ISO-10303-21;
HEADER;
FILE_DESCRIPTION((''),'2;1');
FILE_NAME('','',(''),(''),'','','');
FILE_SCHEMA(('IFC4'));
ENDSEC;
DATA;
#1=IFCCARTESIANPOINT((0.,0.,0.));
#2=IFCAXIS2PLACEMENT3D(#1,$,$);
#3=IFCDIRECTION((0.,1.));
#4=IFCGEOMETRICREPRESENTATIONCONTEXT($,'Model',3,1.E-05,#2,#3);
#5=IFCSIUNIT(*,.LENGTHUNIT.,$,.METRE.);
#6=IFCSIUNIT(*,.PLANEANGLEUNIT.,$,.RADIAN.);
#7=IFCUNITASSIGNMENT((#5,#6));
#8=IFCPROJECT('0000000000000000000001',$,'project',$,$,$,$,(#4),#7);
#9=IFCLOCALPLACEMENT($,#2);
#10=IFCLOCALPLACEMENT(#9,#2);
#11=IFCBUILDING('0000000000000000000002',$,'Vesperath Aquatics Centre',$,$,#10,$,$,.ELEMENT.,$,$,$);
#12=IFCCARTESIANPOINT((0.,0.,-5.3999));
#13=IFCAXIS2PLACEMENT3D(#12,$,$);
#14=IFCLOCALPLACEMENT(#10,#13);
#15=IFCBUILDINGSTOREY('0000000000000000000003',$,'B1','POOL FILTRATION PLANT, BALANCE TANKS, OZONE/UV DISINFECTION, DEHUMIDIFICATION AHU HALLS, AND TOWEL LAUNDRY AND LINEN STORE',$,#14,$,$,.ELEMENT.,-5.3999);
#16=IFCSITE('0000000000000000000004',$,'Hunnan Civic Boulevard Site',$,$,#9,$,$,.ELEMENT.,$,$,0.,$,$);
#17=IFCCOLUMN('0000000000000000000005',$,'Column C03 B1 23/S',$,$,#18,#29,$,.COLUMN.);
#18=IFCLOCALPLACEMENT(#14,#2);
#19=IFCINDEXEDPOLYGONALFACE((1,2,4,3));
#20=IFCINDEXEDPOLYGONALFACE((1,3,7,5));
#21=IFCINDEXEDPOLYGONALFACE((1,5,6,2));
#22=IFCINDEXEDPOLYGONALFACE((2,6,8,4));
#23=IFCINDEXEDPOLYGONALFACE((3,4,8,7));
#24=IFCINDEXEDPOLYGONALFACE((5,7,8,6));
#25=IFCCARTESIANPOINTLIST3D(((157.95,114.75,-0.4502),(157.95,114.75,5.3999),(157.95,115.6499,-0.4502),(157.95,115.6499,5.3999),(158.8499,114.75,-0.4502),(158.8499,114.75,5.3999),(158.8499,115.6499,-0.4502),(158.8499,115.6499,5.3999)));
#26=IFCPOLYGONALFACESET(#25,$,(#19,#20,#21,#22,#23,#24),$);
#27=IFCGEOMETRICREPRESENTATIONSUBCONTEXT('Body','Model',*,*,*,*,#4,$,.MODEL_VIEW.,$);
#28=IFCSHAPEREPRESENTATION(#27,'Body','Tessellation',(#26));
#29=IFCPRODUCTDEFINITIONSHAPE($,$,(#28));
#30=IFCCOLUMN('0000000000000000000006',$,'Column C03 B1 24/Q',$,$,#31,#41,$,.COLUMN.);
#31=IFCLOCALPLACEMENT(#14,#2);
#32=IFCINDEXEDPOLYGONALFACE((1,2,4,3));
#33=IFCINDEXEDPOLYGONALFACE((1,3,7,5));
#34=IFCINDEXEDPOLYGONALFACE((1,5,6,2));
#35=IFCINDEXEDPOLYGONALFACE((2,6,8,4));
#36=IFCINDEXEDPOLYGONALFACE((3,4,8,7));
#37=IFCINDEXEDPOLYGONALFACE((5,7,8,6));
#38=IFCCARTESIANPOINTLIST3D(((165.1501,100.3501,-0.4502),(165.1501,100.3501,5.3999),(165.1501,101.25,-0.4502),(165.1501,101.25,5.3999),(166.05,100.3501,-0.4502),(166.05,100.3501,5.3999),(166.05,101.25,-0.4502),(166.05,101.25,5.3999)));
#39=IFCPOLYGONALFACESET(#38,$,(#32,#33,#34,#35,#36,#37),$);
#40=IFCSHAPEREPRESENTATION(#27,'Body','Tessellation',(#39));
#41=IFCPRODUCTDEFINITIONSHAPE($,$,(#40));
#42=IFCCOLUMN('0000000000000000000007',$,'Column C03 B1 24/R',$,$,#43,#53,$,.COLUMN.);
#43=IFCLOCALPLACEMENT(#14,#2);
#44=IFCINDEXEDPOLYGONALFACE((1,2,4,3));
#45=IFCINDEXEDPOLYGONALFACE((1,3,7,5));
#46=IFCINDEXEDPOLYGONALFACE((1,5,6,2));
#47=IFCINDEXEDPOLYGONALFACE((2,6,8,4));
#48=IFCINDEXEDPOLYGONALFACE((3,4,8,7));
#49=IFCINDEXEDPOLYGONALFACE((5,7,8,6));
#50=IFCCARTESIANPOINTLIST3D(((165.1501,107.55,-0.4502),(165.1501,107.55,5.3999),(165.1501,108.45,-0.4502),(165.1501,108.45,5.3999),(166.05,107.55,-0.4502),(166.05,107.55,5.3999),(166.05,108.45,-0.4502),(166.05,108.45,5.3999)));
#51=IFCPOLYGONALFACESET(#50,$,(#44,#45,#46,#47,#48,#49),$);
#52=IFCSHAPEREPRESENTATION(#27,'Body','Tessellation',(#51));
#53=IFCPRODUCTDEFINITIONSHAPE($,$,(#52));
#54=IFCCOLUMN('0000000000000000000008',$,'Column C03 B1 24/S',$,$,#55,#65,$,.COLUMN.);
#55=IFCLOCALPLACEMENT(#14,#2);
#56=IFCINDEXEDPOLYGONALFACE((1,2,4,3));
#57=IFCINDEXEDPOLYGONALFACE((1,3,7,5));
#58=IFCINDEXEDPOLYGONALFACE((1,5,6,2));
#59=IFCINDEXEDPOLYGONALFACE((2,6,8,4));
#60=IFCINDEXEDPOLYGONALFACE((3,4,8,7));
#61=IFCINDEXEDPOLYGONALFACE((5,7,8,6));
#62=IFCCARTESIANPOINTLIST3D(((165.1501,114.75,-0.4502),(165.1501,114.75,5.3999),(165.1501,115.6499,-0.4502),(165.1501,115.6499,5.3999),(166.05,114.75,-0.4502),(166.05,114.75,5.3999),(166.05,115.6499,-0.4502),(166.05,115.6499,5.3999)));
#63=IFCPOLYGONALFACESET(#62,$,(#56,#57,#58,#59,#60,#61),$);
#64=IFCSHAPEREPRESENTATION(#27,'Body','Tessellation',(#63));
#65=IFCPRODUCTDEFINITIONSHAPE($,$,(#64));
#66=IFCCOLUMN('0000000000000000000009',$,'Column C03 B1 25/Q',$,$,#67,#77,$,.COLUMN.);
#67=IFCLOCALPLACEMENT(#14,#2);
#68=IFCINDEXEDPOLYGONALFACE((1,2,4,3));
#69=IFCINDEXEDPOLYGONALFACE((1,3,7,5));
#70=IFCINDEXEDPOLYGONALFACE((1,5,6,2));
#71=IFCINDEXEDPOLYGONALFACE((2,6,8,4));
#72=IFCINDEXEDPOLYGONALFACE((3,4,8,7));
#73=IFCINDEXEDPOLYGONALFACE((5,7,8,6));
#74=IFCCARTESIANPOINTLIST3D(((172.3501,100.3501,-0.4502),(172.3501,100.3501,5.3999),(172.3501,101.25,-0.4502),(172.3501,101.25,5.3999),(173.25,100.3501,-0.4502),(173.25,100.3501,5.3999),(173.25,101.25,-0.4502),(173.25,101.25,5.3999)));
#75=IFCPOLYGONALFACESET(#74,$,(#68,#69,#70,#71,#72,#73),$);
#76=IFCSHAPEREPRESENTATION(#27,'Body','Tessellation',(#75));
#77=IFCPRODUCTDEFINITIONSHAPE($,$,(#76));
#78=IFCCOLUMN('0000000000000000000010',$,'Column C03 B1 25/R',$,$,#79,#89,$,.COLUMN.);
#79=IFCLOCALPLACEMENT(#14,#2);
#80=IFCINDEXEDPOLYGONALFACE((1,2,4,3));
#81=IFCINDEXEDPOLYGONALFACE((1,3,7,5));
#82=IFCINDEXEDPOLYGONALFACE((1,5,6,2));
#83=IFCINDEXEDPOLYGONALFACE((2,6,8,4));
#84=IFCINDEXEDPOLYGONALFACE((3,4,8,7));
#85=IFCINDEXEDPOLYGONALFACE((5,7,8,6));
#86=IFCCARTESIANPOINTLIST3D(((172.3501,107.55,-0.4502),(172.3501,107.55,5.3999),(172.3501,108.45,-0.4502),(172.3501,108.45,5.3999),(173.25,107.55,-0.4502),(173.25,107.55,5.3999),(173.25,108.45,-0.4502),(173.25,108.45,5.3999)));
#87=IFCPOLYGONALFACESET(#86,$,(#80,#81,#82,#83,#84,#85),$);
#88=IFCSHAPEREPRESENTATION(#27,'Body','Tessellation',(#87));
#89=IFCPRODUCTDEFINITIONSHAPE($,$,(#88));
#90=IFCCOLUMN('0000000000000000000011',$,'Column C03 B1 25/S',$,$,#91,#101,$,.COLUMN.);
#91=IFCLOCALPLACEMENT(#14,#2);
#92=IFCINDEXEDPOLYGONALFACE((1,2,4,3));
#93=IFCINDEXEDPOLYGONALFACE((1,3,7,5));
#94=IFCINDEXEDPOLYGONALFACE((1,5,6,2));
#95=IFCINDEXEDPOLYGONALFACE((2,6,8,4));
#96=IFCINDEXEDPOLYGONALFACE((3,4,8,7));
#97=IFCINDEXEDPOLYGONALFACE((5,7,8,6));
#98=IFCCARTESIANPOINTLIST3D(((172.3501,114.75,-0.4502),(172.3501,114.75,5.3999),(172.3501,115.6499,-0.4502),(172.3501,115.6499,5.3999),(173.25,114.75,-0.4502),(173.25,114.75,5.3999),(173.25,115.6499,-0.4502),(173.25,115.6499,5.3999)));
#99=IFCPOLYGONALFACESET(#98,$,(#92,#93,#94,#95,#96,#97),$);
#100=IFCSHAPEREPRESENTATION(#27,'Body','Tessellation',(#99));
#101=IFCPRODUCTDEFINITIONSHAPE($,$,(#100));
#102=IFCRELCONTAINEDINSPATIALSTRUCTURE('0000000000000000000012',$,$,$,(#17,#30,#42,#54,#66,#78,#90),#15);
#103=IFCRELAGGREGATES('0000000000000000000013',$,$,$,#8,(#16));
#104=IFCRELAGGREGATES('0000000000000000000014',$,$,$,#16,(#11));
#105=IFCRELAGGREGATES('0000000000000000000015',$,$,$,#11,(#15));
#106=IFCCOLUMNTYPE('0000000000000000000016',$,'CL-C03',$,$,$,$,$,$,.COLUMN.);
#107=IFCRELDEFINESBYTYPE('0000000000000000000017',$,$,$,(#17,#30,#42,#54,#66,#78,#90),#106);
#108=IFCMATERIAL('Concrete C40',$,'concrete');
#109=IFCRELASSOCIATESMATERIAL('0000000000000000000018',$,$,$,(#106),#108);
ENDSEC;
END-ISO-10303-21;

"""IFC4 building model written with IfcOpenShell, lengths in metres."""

from ifc_helpers import new_model, si_unit, direction, frame, origin, origin_2d, place, context, subcontext, project, spatial, rectangle, extrude, material, material_profile, profile_set, type_object, element, save


model = new_model("IFC4")

# Units and contexts
model_context = context("Model", 3, precision=1e-05, world=origin(), true_north=direction((0.0, 1.0)))
body_context = subcontext(model_context, "Body", "Model", "MODEL_VIEW")
ifc_project = project(units=[si_unit("LENGTHUNIT", "METRE"), si_unit("PLANEANGLEUNIT", "RADIAN")], contexts=[model_context])

# Site, building, storey
site_placement = place(None, origin())
site = spatial("IfcSite", under=ifc_project, at=site_placement, Name="Hunnan Civic Boulevard Site", CompositionType="ELEMENT", RefElevation=0.0)
building_placement = place(site_placement, origin())
building = spatial("IfcBuilding", under=site, at=building_placement, Name="Vesperath Aquatics Centre", CompositionType="ELEMENT")
storey_placement = place(building_placement, frame((0.0, 0.0, -5.3999)))
storey = spatial("IfcBuildingStorey", under=building, at=storey_placement, Name="B1", Description="POOL FILTRATION PLANT, BALANCE TANKS, OZONE/UV DISINFECTION, DEHUMIDIFICATION AHU HALLS, AND TOWEL LAUNDRY AND LINEN STORE", CompositionType="ELEMENT", Elevation=-5.3999)

# Shared definitions
ifc_material_1 = material(Name="Concrete C40", Category="concrete")

# Columns
ifc_material_profile_1 = material_profile(ifc_material_1, rectangle(XDim=0.8999, YDim=0.8999, at=origin_2d()), Name="RC 900x900")
ifc_profile_set_1 = profile_set([ifc_material_profile_1], Name="Concrete C40")
column_type = type_object("IfcColumnType", Name="CL-C03", PredefinedType="COLUMN", material=ifc_profile_set_1)
for number, where, z_axis, x_axis, name in (
    (1, (158.3999, 115.2, -0.4502), (0.0, 0.0, 1.0), (1.0, 0.0, 0.0), "Column C03 B1 23/S"),
    (2, (165.6001, 100.8, -0.4502), (0.0, 0.0, 1.0), (1.0, 0.0, 0.0), "Column C03 B1 24/Q"),
    (3, (165.6001, 108.0, -0.4502), (0.0, 0.0, 1.0), (1.0, 0.0, 0.0), "Column C03 B1 24/R"),
    (4, (165.6001, 115.2, -0.4502), (0.0, 0.0, 1.0), (1.0, 0.0, 0.0), "Column C03 B1 24/S"),
    (5, (172.8, 100.8, -0.4502), (0.0, 0.0, 1.0), (1.0, 0.0, 0.0), "Column C03 B1 25/Q"),
    (6, (172.8, 108.0, -0.4502), (0.0, 0.0, 1.0), (1.0, 0.0, 0.0), "Column C03 B1 25/R"),
    (7, (172.8, 115.2, -0.4502), (0.0, 0.0, 1.0), (1.0, 0.0, 0.0), "Column C03 B1 25/S"),
):
    element("IfcColumn", number, at=place(storey_placement, frame(where, z_axis=z_axis, x_axis=x_axis)), inside=storey, type_object=column_type, Name=name, PredefinedType="COLUMN", context=body_context, shape_type="SweptSolid", body=[
        extrude(rectangle(XDim=0.8999, YDim=0.8999, at=origin_2d()), origin(), (0.0, 0.0, 1.0), 5.8501),
    ])

save(model, "model.ifc")
